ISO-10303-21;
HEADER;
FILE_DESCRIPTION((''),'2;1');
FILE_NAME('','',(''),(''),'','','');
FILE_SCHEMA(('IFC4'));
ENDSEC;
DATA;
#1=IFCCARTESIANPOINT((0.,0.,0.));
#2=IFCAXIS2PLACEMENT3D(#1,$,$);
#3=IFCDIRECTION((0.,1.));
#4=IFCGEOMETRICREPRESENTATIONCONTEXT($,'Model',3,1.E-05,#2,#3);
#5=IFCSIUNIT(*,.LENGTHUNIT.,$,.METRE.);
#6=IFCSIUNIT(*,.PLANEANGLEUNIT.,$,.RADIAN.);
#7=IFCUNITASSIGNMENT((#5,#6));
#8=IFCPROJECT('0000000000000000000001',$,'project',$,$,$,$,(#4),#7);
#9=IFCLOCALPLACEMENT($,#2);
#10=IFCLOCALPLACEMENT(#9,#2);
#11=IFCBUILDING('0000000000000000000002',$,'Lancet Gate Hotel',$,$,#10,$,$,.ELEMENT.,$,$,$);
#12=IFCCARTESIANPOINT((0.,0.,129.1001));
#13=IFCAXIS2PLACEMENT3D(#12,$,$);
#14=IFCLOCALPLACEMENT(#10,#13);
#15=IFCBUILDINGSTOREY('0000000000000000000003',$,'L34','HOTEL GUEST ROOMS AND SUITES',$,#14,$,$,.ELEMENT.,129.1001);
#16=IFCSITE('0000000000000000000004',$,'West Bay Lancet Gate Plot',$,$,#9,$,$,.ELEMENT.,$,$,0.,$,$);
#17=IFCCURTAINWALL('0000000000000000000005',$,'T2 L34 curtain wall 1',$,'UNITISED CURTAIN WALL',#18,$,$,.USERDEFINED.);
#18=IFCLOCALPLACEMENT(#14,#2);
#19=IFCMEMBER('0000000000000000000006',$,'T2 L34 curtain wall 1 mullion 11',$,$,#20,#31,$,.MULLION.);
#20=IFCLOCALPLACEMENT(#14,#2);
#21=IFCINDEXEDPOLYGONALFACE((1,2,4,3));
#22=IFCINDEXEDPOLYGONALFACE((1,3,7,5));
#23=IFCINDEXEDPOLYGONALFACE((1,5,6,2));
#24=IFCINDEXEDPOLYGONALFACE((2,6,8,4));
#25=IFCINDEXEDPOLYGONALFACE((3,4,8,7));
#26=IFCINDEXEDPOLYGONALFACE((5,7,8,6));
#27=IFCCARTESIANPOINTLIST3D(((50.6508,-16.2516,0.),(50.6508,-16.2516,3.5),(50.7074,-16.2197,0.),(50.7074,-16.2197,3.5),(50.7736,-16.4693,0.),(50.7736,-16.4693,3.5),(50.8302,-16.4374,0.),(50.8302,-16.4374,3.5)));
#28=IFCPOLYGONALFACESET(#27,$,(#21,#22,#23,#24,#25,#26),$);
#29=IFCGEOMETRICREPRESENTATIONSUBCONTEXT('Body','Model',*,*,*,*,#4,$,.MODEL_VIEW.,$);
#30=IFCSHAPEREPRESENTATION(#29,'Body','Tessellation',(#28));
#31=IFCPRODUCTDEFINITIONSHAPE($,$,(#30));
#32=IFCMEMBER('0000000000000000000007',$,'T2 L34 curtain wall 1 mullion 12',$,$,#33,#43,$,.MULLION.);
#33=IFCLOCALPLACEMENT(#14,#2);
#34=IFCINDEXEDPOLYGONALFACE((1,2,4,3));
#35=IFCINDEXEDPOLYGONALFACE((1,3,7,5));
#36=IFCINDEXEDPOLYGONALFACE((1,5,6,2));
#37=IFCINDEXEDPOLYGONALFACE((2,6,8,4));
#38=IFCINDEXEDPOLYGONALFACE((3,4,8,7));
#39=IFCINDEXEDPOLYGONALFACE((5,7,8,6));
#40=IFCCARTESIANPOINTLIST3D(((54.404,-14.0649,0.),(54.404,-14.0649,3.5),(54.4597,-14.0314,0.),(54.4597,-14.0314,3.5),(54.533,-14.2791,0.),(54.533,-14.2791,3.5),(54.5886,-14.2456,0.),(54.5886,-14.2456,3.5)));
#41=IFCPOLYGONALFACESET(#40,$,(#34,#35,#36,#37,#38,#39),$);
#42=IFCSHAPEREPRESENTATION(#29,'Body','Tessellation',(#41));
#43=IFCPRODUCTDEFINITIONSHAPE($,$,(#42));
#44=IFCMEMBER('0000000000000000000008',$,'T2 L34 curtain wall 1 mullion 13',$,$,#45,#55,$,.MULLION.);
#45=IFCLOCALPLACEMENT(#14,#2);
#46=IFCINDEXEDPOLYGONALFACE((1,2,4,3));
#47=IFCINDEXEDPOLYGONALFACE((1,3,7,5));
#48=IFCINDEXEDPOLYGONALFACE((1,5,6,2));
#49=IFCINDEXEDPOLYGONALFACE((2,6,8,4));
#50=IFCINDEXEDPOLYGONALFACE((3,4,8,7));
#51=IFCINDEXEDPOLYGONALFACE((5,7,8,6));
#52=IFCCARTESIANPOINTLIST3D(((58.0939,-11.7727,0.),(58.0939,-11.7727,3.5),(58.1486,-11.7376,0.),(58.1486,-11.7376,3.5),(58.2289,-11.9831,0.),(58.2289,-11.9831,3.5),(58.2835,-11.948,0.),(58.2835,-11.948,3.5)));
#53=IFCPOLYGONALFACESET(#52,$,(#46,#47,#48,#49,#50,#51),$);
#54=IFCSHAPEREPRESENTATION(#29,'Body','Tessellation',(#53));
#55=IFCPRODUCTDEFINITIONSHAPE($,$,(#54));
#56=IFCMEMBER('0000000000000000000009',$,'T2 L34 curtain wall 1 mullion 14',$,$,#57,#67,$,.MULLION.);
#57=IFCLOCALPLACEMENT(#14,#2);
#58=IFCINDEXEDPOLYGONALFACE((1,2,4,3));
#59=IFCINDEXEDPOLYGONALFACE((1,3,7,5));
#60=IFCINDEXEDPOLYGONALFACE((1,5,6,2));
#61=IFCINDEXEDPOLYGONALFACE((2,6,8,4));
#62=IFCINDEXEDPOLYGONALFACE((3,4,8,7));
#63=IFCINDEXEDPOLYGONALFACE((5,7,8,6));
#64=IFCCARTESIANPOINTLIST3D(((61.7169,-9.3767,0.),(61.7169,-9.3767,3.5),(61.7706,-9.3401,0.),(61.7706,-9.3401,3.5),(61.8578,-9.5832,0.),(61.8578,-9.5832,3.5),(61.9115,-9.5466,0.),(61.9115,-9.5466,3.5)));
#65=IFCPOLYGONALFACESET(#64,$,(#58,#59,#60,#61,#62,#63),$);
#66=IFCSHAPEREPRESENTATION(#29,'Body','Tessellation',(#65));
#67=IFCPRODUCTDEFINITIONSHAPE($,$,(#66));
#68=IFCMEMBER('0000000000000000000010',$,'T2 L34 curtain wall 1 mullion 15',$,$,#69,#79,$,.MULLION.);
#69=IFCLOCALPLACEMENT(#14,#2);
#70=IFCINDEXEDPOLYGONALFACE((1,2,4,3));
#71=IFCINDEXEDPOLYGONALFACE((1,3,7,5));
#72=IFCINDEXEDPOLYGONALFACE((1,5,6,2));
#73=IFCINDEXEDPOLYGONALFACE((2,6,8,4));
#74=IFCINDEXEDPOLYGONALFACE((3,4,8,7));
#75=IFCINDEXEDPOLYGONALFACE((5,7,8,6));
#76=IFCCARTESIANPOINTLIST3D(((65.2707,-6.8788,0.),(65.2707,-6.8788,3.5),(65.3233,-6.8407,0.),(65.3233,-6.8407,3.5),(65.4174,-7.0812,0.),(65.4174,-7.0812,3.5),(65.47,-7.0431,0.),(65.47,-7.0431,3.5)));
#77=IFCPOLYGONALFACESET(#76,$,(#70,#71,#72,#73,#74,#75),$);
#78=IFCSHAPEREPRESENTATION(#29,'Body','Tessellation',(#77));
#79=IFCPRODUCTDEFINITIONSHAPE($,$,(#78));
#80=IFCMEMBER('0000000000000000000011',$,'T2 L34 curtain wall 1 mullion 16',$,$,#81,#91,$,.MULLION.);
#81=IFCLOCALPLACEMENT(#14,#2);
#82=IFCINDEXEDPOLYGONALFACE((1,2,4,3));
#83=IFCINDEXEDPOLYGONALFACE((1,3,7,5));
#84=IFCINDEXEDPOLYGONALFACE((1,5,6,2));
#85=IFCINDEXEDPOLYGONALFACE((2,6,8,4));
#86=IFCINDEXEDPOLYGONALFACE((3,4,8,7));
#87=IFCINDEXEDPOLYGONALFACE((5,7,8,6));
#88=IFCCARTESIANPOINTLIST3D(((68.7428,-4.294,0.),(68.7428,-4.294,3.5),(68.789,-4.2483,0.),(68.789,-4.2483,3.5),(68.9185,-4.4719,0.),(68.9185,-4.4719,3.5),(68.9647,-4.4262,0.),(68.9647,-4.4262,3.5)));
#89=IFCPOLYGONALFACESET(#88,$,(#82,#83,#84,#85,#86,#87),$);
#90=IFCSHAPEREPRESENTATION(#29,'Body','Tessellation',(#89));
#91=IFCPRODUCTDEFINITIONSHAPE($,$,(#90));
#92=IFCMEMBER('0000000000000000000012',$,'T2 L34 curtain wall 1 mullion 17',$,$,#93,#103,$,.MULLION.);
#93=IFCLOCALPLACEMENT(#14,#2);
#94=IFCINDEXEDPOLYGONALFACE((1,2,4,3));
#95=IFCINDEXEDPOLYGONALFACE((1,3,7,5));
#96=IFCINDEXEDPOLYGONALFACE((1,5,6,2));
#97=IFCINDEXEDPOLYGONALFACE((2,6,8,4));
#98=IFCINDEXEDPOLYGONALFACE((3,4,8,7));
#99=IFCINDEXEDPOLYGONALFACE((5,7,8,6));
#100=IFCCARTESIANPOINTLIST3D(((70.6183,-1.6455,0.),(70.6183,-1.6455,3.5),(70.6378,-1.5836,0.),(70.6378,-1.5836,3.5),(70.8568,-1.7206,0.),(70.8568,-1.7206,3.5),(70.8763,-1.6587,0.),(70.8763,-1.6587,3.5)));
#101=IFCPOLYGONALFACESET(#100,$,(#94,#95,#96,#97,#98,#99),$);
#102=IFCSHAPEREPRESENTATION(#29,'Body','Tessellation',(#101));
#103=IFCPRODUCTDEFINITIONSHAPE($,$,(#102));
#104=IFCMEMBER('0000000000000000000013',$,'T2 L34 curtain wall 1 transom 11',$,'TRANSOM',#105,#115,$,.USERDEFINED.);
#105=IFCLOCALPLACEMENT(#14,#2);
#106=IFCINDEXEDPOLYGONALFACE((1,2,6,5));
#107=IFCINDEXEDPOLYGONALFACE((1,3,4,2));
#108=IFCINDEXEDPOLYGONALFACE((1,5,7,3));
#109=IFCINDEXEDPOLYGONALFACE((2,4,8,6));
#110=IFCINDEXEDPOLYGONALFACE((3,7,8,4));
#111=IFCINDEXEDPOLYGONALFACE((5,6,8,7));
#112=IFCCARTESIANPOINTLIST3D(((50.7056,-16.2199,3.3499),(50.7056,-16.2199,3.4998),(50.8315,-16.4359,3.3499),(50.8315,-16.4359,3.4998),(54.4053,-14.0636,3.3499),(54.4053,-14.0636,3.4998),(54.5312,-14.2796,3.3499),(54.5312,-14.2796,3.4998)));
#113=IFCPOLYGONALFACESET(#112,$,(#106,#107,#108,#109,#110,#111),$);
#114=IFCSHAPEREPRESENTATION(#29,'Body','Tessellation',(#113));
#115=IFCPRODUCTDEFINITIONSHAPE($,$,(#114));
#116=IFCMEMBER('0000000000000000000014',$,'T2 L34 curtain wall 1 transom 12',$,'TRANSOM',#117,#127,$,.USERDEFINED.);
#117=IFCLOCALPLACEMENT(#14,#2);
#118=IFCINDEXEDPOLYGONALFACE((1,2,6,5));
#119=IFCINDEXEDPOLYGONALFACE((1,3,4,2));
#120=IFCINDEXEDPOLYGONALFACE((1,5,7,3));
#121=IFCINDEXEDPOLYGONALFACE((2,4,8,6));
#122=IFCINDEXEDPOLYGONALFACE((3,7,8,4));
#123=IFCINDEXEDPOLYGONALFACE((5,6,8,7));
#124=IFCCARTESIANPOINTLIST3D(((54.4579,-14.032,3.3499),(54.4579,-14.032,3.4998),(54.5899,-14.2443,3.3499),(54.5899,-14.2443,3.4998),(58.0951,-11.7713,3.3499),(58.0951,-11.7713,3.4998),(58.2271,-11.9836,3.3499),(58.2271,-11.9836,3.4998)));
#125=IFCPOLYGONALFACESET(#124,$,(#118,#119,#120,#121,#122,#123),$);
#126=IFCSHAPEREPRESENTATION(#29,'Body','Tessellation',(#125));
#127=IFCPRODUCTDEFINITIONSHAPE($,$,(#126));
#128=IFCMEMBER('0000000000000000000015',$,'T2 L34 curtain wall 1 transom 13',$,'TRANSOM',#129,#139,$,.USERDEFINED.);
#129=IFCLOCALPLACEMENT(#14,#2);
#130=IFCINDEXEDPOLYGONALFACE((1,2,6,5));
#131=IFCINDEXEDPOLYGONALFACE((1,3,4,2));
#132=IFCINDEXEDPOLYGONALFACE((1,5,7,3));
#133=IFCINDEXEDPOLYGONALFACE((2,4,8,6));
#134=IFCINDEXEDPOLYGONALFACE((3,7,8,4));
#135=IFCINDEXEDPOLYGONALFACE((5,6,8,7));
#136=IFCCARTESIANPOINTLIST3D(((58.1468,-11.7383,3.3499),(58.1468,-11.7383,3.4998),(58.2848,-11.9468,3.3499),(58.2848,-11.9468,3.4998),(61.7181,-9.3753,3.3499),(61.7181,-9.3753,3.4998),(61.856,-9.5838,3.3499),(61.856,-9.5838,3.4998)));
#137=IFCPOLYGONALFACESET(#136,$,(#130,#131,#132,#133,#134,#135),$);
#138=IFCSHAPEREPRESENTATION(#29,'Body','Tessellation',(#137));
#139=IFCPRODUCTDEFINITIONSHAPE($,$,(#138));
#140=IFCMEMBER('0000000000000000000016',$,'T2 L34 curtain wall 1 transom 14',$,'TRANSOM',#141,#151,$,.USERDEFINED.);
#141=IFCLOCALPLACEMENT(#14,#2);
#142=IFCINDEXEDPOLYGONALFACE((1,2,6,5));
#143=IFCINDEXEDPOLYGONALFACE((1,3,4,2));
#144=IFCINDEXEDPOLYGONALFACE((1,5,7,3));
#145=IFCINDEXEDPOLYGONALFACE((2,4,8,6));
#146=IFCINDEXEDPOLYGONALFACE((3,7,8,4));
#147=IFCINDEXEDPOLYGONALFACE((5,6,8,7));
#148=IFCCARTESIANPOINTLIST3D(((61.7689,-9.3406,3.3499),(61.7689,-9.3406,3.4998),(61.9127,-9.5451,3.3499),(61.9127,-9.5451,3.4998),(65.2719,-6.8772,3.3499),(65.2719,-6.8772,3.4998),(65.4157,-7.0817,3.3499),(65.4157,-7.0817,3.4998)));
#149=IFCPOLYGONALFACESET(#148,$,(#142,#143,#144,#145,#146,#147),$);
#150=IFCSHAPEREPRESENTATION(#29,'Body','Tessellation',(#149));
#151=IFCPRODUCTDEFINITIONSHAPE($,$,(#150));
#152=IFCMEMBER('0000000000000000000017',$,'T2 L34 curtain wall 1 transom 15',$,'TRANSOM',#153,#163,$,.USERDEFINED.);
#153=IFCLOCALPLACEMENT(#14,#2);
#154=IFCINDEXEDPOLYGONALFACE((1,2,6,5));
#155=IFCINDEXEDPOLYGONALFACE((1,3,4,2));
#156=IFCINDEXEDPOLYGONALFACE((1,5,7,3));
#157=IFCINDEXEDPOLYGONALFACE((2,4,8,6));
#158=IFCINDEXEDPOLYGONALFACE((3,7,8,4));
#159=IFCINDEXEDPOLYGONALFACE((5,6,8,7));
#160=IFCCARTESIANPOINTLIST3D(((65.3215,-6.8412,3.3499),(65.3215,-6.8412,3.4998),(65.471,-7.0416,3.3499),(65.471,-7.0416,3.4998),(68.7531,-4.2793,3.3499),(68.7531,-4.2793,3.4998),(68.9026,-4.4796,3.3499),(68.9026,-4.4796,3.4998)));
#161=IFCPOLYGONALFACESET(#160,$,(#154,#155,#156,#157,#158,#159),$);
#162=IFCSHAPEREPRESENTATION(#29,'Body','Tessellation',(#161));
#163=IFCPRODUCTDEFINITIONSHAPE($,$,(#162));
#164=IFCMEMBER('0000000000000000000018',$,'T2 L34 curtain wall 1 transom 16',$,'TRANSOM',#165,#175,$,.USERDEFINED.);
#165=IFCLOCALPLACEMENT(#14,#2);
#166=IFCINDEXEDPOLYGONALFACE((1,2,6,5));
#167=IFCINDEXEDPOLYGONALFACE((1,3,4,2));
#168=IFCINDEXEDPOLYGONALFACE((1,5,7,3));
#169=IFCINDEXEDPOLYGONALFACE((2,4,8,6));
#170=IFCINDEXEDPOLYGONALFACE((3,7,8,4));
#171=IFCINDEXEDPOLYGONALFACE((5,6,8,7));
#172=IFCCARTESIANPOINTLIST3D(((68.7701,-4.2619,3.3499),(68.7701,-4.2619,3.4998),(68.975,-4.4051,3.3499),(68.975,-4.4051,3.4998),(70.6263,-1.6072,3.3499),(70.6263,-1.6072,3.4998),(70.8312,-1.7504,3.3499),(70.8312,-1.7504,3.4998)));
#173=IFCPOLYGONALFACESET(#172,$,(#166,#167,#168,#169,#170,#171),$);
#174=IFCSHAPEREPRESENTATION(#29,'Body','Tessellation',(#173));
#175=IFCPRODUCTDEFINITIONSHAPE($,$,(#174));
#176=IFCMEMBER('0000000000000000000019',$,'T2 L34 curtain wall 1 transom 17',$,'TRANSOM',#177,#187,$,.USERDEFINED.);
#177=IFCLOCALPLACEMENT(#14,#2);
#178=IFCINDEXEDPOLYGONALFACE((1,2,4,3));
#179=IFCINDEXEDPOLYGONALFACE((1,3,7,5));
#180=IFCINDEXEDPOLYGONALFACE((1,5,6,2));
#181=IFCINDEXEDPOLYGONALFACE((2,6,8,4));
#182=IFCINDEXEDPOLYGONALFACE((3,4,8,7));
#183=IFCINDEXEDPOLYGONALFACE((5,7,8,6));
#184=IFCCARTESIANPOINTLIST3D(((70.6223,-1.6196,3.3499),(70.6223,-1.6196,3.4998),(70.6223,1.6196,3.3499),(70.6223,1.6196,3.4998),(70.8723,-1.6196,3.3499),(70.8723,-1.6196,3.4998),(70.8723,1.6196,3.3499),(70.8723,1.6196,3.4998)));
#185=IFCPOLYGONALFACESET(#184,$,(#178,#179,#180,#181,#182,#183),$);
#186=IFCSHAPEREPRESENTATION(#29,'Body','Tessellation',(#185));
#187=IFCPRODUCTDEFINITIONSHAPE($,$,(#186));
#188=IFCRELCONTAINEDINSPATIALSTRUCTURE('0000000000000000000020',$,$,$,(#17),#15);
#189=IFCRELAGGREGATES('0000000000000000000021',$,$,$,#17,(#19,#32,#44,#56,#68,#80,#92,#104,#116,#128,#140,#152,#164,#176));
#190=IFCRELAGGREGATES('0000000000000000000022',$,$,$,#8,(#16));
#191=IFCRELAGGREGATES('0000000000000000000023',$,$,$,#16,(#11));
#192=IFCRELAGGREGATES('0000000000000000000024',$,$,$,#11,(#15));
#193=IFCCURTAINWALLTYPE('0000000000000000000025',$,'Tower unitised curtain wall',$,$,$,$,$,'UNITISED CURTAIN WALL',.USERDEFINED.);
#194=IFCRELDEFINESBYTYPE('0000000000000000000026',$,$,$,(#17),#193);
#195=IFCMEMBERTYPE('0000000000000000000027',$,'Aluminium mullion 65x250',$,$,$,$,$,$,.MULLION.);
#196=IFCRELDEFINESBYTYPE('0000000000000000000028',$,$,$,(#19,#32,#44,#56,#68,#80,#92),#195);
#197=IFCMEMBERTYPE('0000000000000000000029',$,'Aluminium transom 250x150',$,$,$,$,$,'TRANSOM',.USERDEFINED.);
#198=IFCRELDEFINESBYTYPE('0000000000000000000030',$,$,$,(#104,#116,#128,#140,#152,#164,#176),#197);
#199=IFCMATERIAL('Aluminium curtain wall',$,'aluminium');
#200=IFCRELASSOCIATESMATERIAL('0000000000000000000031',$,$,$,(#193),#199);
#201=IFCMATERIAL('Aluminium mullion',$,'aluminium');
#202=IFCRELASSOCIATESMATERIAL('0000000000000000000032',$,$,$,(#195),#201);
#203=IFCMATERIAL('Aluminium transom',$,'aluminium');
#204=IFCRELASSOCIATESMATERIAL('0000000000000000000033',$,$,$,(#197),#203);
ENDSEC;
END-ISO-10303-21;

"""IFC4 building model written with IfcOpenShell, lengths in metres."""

from ifc_helpers import new_model, si_unit, direction, frame, origin, origin_2d, place, context, subcontext, project, spatial, rectangle, extrude, material, material_profile, profile_set, type_object, element, aggregate, save


model = new_model("IFC4")

# Units and contexts
model_context = context("Model", 3, precision=1e-05, world=origin(), true_north=direction((0.0, 1.0)))
body_context = subcontext(model_context, "Body", "Model", "MODEL_VIEW")
ifc_project = project(units=[si_unit("LENGTHUNIT", "METRE"), si_unit("PLANEANGLEUNIT", "RADIAN")], contexts=[model_context])

# Site, building, storey
site_placement = place(None, origin())
site = spatial("IfcSite", under=ifc_project, at=site_placement, Name="West Bay Lancet Gate Plot", CompositionType="ELEMENT", RefElevation=0.0)
building_placement = place(site_placement, origin())
building = spatial("IfcBuilding", under=site, at=building_placement, Name="Lancet Gate Hotel", CompositionType="ELEMENT")
storey_placement = place(building_placement, frame((0.0, 0.0, 129.1001)))
storey = spatial("IfcBuildingStorey", under=building, at=storey_placement, Name="L34", Description="HOTEL GUEST ROOMS AND SUITES", CompositionType="ELEMENT", Elevation=129.1001)

# Curtain wall, members
ifc_material_1 = material(Name="Aluminium curtain wall", Category="aluminium")
curtain_wall_type = type_object("IfcCurtainWallType", Name="Tower unitised curtain wall", ElementType="UNITISED CURTAIN WALL", PredefinedType="USERDEFINED", material=ifc_material_1)
curtain_wall_placement = place(storey_placement, origin())
curtain_wall = element("IfcCurtainWall", 1, at=curtain_wall_placement, inside=storey, type_object=curtain_wall_type, Name="T2 L34 curtain wall 1", ObjectType="UNITISED CURTAIN WALL", PredefinedType="USERDEFINED")
ifc_material_2 = material(Name="Aluminium mullion", Category="aluminium")
ifc_material_profile_1 = material_profile(ifc_material_2, rectangle(XDim=0.0649, YDim=0.25, at=origin_2d()), Name="MULLION 65x250")
ifc_profile_set_1 = profile_set([ifc_material_profile_1], Name="Aluminium mullion")
member_type_1 = type_object("IfcMemberType", Name="Aluminium mullion 65x250", PredefinedType="MULLION", material=ifc_profile_set_1)
member_1_placement = place(storey_placement, frame((50.7405, -16.3445, 0.0), z_axis=(0.0, 0.0, 1.0), x_axis=(0.871029, 0.491232, 0.0)))
member_1 = element("IfcMember", 2, at=member_1_placement, type_object=member_type_1, Name="T2 L34 curtain wall 1 mullion 11", PredefinedType="MULLION", context=body_context, shape_type="SweptSolid", body=[
    extrude(rectangle(XDim=0.0649, YDim=0.25, at=origin_2d()), origin(), (0.0, 0.0, 1.0), 3.5),
])
member_2_placement = place(storey_placement, frame((54.4963, -14.1553, 0.0), z_axis=(0.0, 0.0, 1.0), x_axis=(0.856728, 0.515768, 0.0)))
member_2 = element("IfcMember", 3, at=member_2_placement, type_object=member_type_1, Name="T2 L34 curtain wall 1 mullion 12", PredefinedType="MULLION", context=body_context, shape_type="SweptSolid", body=[
    extrude(rectangle(XDim=0.0649, YDim=0.25, at=origin_2d()), origin(), (0.0, 0.0, 1.0), 3.5),
])
member_3_placement = place(storey_placement, frame((58.1887, -11.8604, 0.0), z_axis=(0.0, 0.0, 1.0), x_axis=(0.841736, 0.539889, 0.0)))
member_3 = element("IfcMember", 4, at=member_3_placement, type_object=member_type_1, Name="T2 L34 curtain wall 1 mullion 13", PredefinedType="MULLION", context=body_context, shape_type="SweptSolid", body=[
    extrude(rectangle(XDim=0.0649, YDim=0.25, at=origin_2d()), origin(), (0.0, 0.0, 1.0), 3.5),
])
member_4_placement = place(storey_placement, frame((61.8142, -9.4617, 0.0), z_axis=(0.0, 0.0, 1.0), x_axis=(0.826066, 0.563574, 0.0)))
member_4 = element("IfcMember", 5, at=member_4_placement, type_object=member_type_1, Name="T2 L34 curtain wall 1 mullion 14", PredefinedType="MULLION", context=body_context, shape_type="SweptSolid", body=[
    extrude(rectangle(XDim=0.0649, YDim=0.25, at=origin_2d()), origin(), (0.0, 0.0, 1.0), 3.5),
])
member_5_placement = place(storey_placement, frame((65.3704, -6.9609, 0.0), z_axis=(0.0, 0.0, 1.0), x_axis=(0.809729, 0.586805, 0.0)))
member_5 = element("IfcMember", 6, at=member_5_placement, type_object=member_type_1, Name="T2 L34 curtain wall 1 mullion 15", PredefinedType="MULLION", context=body_context, shape_type="SweptSolid", body=[
    extrude(rectangle(XDim=0.0649, YDim=0.25, at=origin_2d()), origin(), (0.0, 0.0, 1.0), 3.5),
])
member_6_placement = place(storey_placement, frame((68.8538, -4.3601, 0.0), z_axis=(0.0, 0.0, 1.0), x_axis=(0.71161, 0.702574, 0.0)))
member_6 = element("IfcMember", 7, at=member_6_placement, type_object=member_type_1, Name="T2 L34 curtain wall 1 mullion 16", PredefinedType="MULLION", context=body_context, shape_type="SweptSolid", body=[
    extrude(rectangle(XDim=0.0649, YDim=0.25, at=origin_2d()), origin(), (0.0, 0.0, 1.0), 3.5),
])
member_7_placement = place(storey_placement, frame((70.7473, -1.6521, 0.0), z_axis=(0.0, 0.0, 1.0), x_axis=(0.300385, 0.953818, 0.0)))
member_7 = element("IfcMember", 8, at=member_7_placement, type_object=member_type_1, Name="T2 L34 curtain wall 1 mullion 17", PredefinedType="MULLION", context=body_context, shape_type="SweptSolid", body=[
    extrude(rectangle(XDim=0.0649, YDim=0.25, at=origin_2d()), origin(), (0.0, 0.0, 1.0), 3.5),
])
ifc_material_3 = material(Name="Aluminium transom", Category="aluminium")
ifc_material_profile_2 = material_profile(ifc_material_3, rectangle(XDim=0.25, YDim=0.1499, at=origin_2d()), Name="TRANSOM 250x150")
ifc_profile_set_2 = profile_set([ifc_material_profile_2], Name="Aluminium transom")
member_type_2 = type_object("IfcMemberType", Name="Aluminium transom 250x150", ElementType="TRANSOM", PredefinedType="USERDEFINED", material=ifc_profile_set_2)
member_8_placement = place(storey_placement, frame((50.7686, -16.3279, 3.4248), z_axis=(0.863973, 0.503538, 0.0), x_axis=(-0.503538, 0.863973, 0.0)))
member_8 = element("IfcMember", 9, at=member_8_placement, type_object=member_type_2, Name="T2 L34 curtain wall 1 transom 11", ObjectType="TRANSOM", PredefinedType="USERDEFINED", context=body_context, shape_type="SweptSolid", body=[
    extrude(rectangle(XDim=0.25, YDim=0.1499, at=origin_2d()), origin(), (0.0, 0.0, 1.0), 4.2822),
])
member_9_placement = place(storey_placement, frame((54.5239, -14.1382, 3.4248), z_axis=(0.849309, 0.527896, 0.0), x_axis=(-0.527896, 0.849309, 0.0)))
member_9 = element("IfcMember", 10, at=member_9_placement, type_object=member_type_2, Name="T2 L34 curtain wall 1 transom 12", ObjectType="TRANSOM", PredefinedType="USERDEFINED", context=body_context, shape_type="SweptSolid", body=[
    extrude(rectangle(XDim=0.25, YDim=0.1499, at=origin_2d()), origin(), (0.0, 0.0, 1.0), 4.2825),
])
member_10_placement = place(storey_placement, frame((58.2158, -11.8425, 3.4248), z_axis=(0.833966, 0.551816, 0.0), x_axis=(-0.551816, 0.833966, 0.0)))
member_10 = element("IfcMember", 11, at=member_10_placement, type_object=member_type_2, Name="T2 L34 curtain wall 1 transom 13", ObjectType="TRANSOM", PredefinedType="USERDEFINED", context=body_context, shape_type="SweptSolid", body=[
    extrude(rectangle(XDim=0.25, YDim=0.1499, at=origin_2d()), origin(), (0.0, 0.0, 1.0), 4.2822),
])
member_11_placement = place(storey_placement, frame((61.8408, -9.4429, 3.4248), z_axis=(0.817987, 0.575236, 0.0), x_axis=(-0.575236, 0.817987, 0.0)))
member_11 = element("IfcMember", 12, at=member_11_placement, type_object=member_type_2, Name="T2 L34 curtain wall 1 transom 14", ObjectType="TRANSOM", PredefinedType="USERDEFINED", context=body_context, shape_type="SweptSolid", body=[
    extrude(rectangle(XDim=0.25, YDim=0.1499, at=origin_2d()), origin(), (0.0, 0.0, 1.0), 4.2825),
])
member_12_placement = place(storey_placement, frame((65.3962, -6.9414, 3.4248), z_axis=(0.801312, 0.598247, 0.0), x_axis=(-0.598247, 0.801312, 0.0)))
member_12 = element("IfcMember", 13, at=member_12_placement, type_object=member_type_2, Name="T2 L34 curtain wall 1 transom 15", ObjectType="TRANSOM", PredefinedType="USERDEFINED", context=body_context, shape_type="SweptSolid", body=[
    extrude(rectangle(XDim=0.25, YDim=0.1499, at=origin_2d()), origin(), (0.0, 0.0, 1.0), 4.2825),
])
member_13_placement = place(storey_placement, frame((68.8726, -4.3335, 3.4248), z_axis=(0.573017, 0.819543, 0.0), x_axis=(-0.819543, 0.573017, 0.0)))
member_13 = element("IfcMember", 14, at=member_13_placement, type_object=member_type_2, Name="T2 L34 curtain wall 1 transom 16", ObjectType="TRANSOM", PredefinedType="USERDEFINED", context=body_context, shape_type="SweptSolid", body=[
    extrude(rectangle(XDim=0.25, YDim=0.1499, at=origin_2d()), origin(), (0.0, 0.0, 1.0), 3.2393),
])
member_14_placement = place(storey_placement, frame((70.7473, -1.6196, 3.4248), z_axis=(0.0, 1.0, 0.0), x_axis=(-1.0, 0.0, 0.0)))
member_14 = element("IfcMember", 15, at=member_14_placement, type_object=member_type_2, Name="T2 L34 curtain wall 1 transom 17", ObjectType="TRANSOM", PredefinedType="USERDEFINED", context=body_context, shape_type="SweptSolid", body=[
    extrude(rectangle(XDim=0.25, YDim=0.1499, at=origin_2d()), origin(), (0.0, 0.0, 1.0), 3.2393),
])

aggregate(curtain_wall, [member_1, member_2, member_3, member_4, member_5, member_6, member_7, member_8, member_9, member_10, member_11, member_12, member_13, member_14])

save(model, "model.ifc")
